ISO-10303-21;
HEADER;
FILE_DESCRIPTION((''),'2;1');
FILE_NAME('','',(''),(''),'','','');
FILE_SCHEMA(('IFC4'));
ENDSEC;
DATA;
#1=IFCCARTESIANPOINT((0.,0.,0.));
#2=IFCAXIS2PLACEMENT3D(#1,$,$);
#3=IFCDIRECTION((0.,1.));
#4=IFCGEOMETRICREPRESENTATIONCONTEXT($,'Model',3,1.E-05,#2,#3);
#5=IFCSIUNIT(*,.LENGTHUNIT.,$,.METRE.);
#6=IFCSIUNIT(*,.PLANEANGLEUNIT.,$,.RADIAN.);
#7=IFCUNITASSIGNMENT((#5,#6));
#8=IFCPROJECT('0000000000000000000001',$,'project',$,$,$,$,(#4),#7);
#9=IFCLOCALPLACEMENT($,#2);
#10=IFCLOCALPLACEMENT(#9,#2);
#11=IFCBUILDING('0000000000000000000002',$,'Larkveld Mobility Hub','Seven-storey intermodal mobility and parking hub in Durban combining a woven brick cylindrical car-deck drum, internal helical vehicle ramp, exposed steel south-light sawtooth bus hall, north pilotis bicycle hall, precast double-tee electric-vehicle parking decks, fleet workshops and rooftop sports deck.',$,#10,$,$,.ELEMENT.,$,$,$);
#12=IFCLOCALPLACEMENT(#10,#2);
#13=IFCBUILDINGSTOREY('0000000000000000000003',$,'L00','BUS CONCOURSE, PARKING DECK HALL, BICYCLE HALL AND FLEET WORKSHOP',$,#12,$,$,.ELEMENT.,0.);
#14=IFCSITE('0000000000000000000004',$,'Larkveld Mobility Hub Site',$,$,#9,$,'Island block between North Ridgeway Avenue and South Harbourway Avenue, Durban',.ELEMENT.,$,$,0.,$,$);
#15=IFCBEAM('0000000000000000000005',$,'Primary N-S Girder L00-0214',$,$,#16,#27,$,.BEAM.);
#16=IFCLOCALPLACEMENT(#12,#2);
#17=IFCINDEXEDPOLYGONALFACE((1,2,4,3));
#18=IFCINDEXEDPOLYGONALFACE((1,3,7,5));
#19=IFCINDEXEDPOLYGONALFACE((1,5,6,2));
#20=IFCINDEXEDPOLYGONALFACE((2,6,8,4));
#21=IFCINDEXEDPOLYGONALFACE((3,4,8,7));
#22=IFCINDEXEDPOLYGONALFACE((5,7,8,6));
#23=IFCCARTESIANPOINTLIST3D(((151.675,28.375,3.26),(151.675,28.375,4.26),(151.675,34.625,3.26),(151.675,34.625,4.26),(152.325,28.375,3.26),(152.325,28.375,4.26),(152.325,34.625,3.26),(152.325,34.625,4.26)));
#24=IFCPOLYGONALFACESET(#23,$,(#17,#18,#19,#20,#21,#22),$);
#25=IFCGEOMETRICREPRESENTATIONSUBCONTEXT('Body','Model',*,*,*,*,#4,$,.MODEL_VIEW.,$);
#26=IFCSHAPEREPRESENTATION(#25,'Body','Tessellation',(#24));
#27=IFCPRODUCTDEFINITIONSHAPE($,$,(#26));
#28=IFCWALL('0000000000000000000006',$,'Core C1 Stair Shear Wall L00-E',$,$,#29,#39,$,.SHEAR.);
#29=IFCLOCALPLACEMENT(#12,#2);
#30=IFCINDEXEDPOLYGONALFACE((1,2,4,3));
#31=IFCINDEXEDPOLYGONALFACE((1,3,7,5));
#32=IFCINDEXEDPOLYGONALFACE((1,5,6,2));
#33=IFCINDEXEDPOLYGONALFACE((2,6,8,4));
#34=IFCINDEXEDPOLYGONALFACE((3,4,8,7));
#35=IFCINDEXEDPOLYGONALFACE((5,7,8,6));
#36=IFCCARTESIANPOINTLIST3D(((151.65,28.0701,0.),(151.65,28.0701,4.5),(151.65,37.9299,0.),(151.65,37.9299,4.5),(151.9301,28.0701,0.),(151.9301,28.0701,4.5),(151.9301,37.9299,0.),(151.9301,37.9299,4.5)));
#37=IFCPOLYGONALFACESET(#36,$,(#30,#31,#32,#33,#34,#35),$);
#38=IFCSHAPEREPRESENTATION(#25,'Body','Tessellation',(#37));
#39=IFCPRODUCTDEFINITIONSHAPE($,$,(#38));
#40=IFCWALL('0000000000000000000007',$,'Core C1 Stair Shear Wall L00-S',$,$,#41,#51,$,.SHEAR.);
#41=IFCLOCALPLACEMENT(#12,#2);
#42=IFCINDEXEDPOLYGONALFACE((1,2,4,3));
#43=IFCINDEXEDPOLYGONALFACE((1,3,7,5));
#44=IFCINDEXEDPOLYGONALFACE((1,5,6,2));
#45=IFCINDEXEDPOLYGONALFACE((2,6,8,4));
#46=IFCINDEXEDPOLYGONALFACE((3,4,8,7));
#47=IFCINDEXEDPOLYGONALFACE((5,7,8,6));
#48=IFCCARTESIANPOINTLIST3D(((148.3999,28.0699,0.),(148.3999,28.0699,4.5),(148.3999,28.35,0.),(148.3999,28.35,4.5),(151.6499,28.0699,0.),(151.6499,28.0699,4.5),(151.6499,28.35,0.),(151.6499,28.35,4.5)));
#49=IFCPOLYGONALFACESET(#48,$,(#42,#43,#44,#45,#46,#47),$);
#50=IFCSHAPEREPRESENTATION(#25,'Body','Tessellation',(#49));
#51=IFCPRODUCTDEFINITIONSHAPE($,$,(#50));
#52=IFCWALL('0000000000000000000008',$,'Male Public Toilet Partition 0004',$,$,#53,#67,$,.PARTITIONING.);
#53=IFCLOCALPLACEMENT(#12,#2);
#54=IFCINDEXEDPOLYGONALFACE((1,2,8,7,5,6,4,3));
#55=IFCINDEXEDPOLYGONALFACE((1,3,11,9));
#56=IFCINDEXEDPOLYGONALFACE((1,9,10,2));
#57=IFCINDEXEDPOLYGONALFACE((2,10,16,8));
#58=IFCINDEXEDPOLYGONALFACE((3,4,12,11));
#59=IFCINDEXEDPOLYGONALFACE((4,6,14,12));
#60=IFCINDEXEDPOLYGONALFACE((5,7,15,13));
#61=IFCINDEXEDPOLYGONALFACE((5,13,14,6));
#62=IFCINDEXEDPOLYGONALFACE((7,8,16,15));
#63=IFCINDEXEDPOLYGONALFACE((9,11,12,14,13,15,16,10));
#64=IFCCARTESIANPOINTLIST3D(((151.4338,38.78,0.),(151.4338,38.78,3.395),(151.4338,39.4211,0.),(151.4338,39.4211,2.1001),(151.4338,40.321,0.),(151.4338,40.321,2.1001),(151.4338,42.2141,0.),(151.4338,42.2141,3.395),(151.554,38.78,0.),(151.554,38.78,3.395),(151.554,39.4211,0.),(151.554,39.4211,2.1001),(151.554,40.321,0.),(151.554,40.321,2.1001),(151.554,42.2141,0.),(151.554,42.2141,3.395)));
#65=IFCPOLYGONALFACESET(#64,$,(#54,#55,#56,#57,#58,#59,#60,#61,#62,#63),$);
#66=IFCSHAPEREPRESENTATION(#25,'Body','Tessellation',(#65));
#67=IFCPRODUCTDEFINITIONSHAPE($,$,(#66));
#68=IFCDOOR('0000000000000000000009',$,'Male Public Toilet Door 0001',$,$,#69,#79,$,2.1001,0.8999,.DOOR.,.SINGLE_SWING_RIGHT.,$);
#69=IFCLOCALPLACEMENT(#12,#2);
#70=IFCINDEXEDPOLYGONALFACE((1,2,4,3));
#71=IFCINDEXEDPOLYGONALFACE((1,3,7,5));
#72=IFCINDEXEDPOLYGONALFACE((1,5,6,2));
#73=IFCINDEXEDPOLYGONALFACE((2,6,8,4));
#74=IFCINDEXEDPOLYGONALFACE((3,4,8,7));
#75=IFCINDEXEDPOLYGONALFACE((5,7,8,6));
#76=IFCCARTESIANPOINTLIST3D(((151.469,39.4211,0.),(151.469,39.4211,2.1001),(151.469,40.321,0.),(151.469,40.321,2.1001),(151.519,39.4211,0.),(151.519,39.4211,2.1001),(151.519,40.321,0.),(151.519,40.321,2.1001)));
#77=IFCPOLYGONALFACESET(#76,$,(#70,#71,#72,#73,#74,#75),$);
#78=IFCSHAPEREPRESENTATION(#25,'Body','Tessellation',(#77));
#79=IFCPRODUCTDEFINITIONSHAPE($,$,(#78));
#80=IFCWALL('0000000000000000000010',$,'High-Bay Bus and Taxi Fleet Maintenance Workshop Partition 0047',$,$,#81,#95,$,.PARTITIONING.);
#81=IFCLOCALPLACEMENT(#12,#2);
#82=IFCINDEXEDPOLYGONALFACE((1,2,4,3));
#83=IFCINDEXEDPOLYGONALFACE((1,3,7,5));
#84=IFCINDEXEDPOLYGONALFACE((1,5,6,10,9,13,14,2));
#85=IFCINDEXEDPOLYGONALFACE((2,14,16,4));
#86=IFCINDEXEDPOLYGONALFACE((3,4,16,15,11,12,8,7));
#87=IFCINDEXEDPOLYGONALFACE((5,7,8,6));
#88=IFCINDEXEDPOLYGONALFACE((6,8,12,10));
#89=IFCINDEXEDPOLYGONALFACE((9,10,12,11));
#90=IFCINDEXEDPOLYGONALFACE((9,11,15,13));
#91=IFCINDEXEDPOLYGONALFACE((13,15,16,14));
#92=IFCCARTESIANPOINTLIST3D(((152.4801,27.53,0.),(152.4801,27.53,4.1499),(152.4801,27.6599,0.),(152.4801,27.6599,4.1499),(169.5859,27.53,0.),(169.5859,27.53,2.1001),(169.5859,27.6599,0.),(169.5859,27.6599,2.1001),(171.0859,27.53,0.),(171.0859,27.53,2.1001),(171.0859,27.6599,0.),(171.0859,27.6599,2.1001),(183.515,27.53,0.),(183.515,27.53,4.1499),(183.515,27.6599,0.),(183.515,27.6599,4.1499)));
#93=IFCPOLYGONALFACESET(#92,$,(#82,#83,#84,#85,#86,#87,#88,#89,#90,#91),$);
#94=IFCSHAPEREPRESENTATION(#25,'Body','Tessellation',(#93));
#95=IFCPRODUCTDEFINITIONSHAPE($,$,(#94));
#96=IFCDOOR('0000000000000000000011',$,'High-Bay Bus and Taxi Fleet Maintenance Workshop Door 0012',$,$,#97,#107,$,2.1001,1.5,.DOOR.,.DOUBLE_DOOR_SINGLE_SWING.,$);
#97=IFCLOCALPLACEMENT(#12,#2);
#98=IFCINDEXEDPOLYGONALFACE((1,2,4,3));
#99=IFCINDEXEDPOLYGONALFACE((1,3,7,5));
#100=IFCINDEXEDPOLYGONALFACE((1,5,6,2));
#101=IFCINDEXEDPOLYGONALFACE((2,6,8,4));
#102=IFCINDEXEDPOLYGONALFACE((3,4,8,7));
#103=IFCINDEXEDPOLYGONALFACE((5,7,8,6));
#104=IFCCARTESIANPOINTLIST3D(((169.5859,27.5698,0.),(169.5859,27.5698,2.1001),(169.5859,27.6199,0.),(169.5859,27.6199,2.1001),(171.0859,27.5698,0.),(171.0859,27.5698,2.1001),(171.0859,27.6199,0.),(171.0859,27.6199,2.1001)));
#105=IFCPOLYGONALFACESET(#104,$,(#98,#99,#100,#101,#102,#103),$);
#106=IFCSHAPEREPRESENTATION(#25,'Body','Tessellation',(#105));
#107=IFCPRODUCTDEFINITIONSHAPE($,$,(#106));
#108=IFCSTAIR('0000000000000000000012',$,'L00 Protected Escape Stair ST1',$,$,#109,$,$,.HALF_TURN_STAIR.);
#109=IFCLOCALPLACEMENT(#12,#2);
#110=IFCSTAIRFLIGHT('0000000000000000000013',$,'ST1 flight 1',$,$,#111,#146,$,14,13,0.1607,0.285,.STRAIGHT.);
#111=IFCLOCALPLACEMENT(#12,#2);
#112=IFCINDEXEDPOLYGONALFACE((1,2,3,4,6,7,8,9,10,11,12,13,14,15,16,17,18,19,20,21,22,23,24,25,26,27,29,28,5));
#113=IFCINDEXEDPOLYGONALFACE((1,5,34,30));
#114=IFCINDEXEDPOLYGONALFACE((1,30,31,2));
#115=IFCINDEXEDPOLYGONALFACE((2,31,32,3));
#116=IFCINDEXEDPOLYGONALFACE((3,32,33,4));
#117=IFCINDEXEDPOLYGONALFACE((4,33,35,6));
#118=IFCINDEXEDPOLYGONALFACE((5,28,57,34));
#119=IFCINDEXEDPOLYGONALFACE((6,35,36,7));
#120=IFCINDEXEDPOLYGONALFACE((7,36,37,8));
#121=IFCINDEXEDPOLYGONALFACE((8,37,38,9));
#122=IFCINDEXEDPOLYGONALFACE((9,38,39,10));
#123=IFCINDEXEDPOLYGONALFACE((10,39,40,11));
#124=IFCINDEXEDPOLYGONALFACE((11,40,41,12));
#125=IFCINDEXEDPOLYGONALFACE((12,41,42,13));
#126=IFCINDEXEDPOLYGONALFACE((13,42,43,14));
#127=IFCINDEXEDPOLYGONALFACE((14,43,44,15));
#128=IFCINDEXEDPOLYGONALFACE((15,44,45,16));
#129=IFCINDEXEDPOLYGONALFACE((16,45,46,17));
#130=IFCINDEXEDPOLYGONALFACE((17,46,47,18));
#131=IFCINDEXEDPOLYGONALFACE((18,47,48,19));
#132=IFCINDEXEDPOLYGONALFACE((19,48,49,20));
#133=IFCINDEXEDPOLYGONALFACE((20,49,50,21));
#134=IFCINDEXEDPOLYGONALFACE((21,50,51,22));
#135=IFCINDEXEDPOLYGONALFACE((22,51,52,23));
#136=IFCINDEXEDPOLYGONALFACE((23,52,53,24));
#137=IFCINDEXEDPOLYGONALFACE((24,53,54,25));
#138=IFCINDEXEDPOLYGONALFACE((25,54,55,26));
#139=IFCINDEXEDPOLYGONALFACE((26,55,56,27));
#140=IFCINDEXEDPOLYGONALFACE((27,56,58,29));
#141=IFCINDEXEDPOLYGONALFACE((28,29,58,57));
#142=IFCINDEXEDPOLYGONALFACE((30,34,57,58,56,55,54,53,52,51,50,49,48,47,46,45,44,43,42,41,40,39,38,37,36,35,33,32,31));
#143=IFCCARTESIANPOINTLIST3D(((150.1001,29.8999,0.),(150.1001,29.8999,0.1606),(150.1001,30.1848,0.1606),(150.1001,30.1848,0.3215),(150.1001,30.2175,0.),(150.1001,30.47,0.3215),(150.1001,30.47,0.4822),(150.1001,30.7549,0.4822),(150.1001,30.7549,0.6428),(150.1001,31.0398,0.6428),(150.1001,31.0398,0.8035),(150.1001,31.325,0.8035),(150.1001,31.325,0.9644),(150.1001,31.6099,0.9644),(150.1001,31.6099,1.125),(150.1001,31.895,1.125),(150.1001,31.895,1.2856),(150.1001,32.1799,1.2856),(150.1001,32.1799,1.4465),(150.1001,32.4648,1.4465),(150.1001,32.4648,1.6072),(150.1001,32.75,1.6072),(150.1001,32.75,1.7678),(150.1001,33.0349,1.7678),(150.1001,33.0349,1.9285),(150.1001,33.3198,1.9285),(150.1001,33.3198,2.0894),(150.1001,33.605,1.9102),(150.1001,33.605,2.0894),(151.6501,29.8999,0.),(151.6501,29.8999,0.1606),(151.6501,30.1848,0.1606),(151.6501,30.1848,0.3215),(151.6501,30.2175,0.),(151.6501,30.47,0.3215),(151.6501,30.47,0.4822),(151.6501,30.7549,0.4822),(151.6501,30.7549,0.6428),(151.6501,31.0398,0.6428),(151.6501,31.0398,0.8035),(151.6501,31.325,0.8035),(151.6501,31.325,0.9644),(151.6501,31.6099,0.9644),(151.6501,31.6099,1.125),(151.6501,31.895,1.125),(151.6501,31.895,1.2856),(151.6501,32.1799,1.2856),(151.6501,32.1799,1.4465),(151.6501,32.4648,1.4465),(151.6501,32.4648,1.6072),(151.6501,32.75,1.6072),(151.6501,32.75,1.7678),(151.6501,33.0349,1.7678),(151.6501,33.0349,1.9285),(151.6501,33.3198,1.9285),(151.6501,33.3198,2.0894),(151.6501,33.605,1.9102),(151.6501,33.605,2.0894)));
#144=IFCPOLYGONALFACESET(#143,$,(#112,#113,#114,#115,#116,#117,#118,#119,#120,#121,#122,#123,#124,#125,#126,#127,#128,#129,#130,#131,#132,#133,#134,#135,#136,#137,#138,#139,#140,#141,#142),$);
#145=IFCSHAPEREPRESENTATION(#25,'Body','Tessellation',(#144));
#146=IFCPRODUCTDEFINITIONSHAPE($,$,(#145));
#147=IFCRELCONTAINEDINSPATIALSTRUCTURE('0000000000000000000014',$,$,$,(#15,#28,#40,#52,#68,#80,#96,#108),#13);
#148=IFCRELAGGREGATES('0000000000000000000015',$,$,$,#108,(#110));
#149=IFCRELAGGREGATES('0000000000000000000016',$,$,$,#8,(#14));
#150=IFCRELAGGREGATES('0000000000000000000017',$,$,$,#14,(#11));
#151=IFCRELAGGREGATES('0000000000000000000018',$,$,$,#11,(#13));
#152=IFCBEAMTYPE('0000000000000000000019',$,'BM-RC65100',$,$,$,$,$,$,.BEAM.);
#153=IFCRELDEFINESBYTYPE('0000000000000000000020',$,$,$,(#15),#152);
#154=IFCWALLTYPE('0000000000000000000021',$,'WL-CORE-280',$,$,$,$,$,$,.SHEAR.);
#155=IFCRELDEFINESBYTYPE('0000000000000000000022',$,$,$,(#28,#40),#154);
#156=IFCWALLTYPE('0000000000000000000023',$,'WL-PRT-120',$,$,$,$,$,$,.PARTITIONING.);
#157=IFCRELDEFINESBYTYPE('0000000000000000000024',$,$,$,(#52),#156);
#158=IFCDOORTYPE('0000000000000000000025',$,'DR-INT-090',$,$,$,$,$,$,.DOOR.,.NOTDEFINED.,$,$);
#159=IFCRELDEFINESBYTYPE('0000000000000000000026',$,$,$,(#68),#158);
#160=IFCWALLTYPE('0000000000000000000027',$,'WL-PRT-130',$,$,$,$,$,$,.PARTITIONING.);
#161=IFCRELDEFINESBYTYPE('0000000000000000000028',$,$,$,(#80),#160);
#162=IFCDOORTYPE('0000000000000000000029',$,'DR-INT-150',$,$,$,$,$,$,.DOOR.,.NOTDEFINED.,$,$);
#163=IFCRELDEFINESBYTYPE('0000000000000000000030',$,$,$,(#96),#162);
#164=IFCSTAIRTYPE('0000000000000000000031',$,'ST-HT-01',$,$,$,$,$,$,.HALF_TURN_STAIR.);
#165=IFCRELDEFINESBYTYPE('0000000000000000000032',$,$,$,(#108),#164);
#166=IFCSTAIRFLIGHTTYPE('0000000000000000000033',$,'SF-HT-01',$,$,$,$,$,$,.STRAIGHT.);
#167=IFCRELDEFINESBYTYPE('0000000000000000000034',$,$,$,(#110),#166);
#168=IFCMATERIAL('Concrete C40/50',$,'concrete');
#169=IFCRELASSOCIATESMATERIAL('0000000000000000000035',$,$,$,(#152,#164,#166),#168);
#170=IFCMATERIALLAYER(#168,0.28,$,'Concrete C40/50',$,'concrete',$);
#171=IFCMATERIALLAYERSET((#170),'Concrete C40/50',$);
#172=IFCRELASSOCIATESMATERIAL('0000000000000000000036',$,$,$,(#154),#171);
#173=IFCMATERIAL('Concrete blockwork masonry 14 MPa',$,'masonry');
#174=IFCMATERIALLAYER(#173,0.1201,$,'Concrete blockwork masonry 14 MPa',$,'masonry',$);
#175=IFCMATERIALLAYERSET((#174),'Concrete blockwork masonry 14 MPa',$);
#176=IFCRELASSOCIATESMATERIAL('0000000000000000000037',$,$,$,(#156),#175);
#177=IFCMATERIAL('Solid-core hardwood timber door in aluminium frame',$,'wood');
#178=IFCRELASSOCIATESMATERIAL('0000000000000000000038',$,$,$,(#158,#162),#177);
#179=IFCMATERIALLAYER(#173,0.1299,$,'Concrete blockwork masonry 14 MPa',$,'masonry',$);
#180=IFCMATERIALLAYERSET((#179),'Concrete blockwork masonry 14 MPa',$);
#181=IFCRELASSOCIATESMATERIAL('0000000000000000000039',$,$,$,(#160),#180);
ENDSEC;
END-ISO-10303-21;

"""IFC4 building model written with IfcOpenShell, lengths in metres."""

from ifc_helpers import new_model, si_unit, direction, frame, frame_2d, origin, origin_2d, place, context, subcontext, project, spatial, polyline, rectangle, outline, extrude, material, layer, layer_set, material_profile, profile_set, type_object, element, fill, aggregate, save


model = new_model("IFC4")

# Units and contexts
model_context = context("Model", 3, precision=1e-05, world=origin(), true_north=direction((0.0, 1.0)))
body_context = subcontext(model_context, "Body", "Model", "MODEL_VIEW")
ifc_project = project(units=[si_unit("LENGTHUNIT", "METRE"), si_unit("PLANEANGLEUNIT", "RADIAN")], contexts=[model_context])

# Site, building, storey
site_placement = place(None, origin())
site = spatial("IfcSite", under=ifc_project, at=site_placement, Name="Larkveld Mobility Hub Site", LongName="Island block between North Ridgeway Avenue and South Harbourway Avenue, Durban", CompositionType="ELEMENT", RefElevation=0.0)
building_placement = place(site_placement, origin())
building = spatial("IfcBuilding", under=site, at=building_placement, Name="Larkveld Mobility Hub", Description="Seven-storey intermodal mobility and parking hub in Durban combining a woven brick cylindrical car-deck drum, internal helical vehicle ramp, exposed steel south-light sawtooth bus hall, north pilotis bicycle hall, precast double-tee electric-vehicle parking decks, fleet workshops and rooftop sports deck.", CompositionType="ELEMENT")
storey_placement = place(building_placement, origin())
storey = spatial("IfcBuildingStorey", under=building, at=storey_placement, Name="L00", Description="BUS CONCOURSE, PARKING DECK HALL, BICYCLE HALL AND FLEET WORKSHOP", CompositionType="ELEMENT", Elevation=0.0)

# Shared definitions
ifc_material_1 = material(Name="Concrete C40/50", Category="concrete")

# Beam
ifc_material_profile_1 = material_profile(ifc_material_1, rectangle(XDim=0.6499, YDim=1.0, at=origin_2d()), Name="RC BM 650x1000")
ifc_profile_set_1 = profile_set([ifc_material_profile_1], Name="Concrete C40/50")
beam_type_1 = type_object("IfcBeamType", Name="BM-RC65100", PredefinedType="BEAM", material=ifc_profile_set_1)
beam_1_placement = place(storey_placement, frame((152.0, 28.375, 3.76), z_axis=(0.0, 1.0, 0.0), x_axis=(-1.0, 0.0, 0.0)))
element("IfcBeam", 1, at=beam_1_placement, inside=storey, type_object=beam_type_1, Name="Primary N-S Girder L00-0214", PredefinedType="BEAM", context=body_context, shape_type="SweptSolid", body=[
    extrude(rectangle(XDim=0.6499, YDim=1.0, at=origin_2d()), origin(), (0.0, 0.0, 1.0), 6.25),
])

# Walls
ifc_layer_1 = layer(ifc_material_1, 0.28, Name="Concrete C40/50", Category="concrete")
ifc_layer_set_1 = layer_set([ifc_layer_1], Name="Concrete C40/50")
wall_type_1 = type_object("IfcWallType", Name="WL-CORE-280", PredefinedType="SHEAR", material=ifc_layer_set_1)
wall_1_placement = place(storey_placement, frame((151.79, 37.9299, 0.0), z_axis=(0.0, 0.0, 1.0), x_axis=(0.0, -1.0, 0.0)))
element("IfcWall", 2, at=wall_1_placement, inside=storey, type_object=wall_type_1, Name="Core C1 Stair Shear Wall L00-E", PredefinedType="SHEAR", context=body_context, shape_type="SweptSolid", body=[
    extrude(rectangle(XDim=9.8599, YDim=0.28, at=frame_2d((4.9299, 0.0))), origin(), (0.0, 0.0, 1.0), 4.5),
])
wall_2_placement = place(storey_placement, frame((151.6499, 28.21, 0.0), z_axis=(0.0, 0.0, 1.0), x_axis=(-1.0, 0.0, 0.0)))
element("IfcWall", 3, at=wall_2_placement, inside=storey, type_object=wall_type_1, Name="Core C1 Stair Shear Wall L00-S", PredefinedType="SHEAR", context=body_context, shape_type="SweptSolid", body=[
    extrude(rectangle(XDim=3.25, YDim=0.28, at=frame_2d((1.625, 0.0))), origin(), (0.0, 0.0, 1.0), 4.5),
])

# Walls, openings, doors
ifc_material_2 = material(Name="Concrete blockwork masonry 14 MPa", Category="masonry")
ifc_layer_2 = layer(ifc_material_2, 0.1201, Name="Concrete blockwork masonry 14 MPa", Category="masonry")
ifc_layer_set_2 = layer_set([ifc_layer_2], Name="Concrete blockwork masonry 14 MPa")
wall_type_2 = type_object("IfcWallType", Name="WL-PRT-120", PredefinedType="PARTITIONING", material=ifc_layer_set_2)
wall_3_placement = place(storey_placement, frame((151.4939, 38.78, 0.0), z_axis=(0.0, 0.0, 1.0), x_axis=(0.0, 1.0, 0.0)))
wall_3 = element("IfcWall", 4, at=wall_3_placement, inside=storey, type_object=wall_type_2, Name="Male Public Toilet Partition 0004", PredefinedType="PARTITIONING", context=body_context, shape_type="SweptSolid", body=[
    extrude(rectangle(XDim=3.4341, YDim=0.1201, at=frame_2d((1.717, 0.0))), origin(), (0.0, 0.0, 1.0), 3.395),
])
opening_1_placement = place(wall_3_placement, frame((0.6411, 0.0, 0.0)))
opening_1 = element("IfcOpeningElement", 5, at=opening_1_placement, cuts=wall_3, PredefinedType="OPENING", context=body_context, shape_type="SweptSolid", body=[
    extrude(rectangle(XDim=0.8999, YDim=2.1001, at=frame_2d((0.45, 1.05))), frame((0.0, 0.0701, 0.0), z_axis=(0.0, -1.0, 0.0), x_axis=(1.0, 0.0, 0.0)), (0.0, 0.0, 1.0), 0.1401),
])
ifc_material_3 = material(Name="Solid-core hardwood timber door in aluminium frame", Category="wood")
door_type_1 = type_object("IfcDoorType", Name="DR-INT-090", OperationType="NOTDEFINED", PredefinedType="DOOR", material=ifc_material_3)
door_1_placement = place(opening_1_placement, origin())
door_1 = element("IfcDoor", 6, at=door_1_placement, inside=storey, type_object=door_type_1, Name="Male Public Toilet Door 0001", OperationType="SINGLE_SWING_RIGHT", OverallHeight=2.1001, OverallWidth=0.8999, PredefinedType="DOOR", context=body_context, shape_type="SweptSolid", body=[
    extrude(rectangle(XDim=0.8999, YDim=2.1001, at=frame_2d((0.45, 1.05))), frame((0.0, 0.0249, 0.0), z_axis=(0.0, -1.0, 0.0), x_axis=(1.0, 0.0, 0.0)), (0.0, 0.0, 1.0), 0.05),
])
fill(opening_1, door_1)
ifc_layer_3 = layer(ifc_material_2, 0.1299, Name="Concrete blockwork masonry 14 MPa", Category="masonry")
ifc_layer_set_3 = layer_set([ifc_layer_3], Name="Concrete blockwork masonry 14 MPa")
wall_type_3 = type_object("IfcWallType", Name="WL-PRT-130", PredefinedType="PARTITIONING", material=ifc_layer_set_3)
wall_4_placement = place(storey_placement, frame((152.48, 27.595, 0.0), z_axis=(0.0, 0.0, 1.0), x_axis=(1.0, 0.0, 0.0)))
wall_4 = element("IfcWall", 7, at=wall_4_placement, inside=storey, type_object=wall_type_3, Name="High-Bay Bus and Taxi Fleet Maintenance Workshop Partition 0047", PredefinedType="PARTITIONING", context=body_context, shape_type="SweptSolid", body=[
    extrude(rectangle(XDim=31.0349, YDim=0.1299, at=frame_2d((15.5176, 0.0))), origin(), (0.0, 0.0, 1.0), 4.1499),
])
opening_2_placement = place(wall_4_placement, frame((17.106, 0.0, 0.0)))
opening_2 = element("IfcOpeningElement", 8, at=opening_2_placement, cuts=wall_4, PredefinedType="OPENING", context=body_context, shape_type="SweptSolid", body=[
    extrude(rectangle(XDim=1.5, YDim=2.1001, at=frame_2d((0.75, 1.05))), frame((0.0, 0.075, 0.0), z_axis=(0.0, -1.0, 0.0), x_axis=(1.0, 0.0, 0.0)), (0.0, 0.0, 1.0), 0.1499),
])
door_type_2 = type_object("IfcDoorType", Name="DR-INT-150", OperationType="NOTDEFINED", PredefinedType="DOOR", material=ifc_material_3)
door_2_placement = place(opening_2_placement, origin())
door_2 = element("IfcDoor", 9, at=door_2_placement, inside=storey, type_object=door_type_2, Name="High-Bay Bus and Taxi Fleet Maintenance Workshop Door 0012", OperationType="DOUBLE_DOOR_SINGLE_SWING", OverallHeight=2.1001, OverallWidth=1.5, PredefinedType="DOOR", context=body_context, shape_type="SweptSolid", body=[
    extrude(rectangle(XDim=1.5, YDim=2.1001, at=frame_2d((0.75, 1.05))), frame((0.0, 0.0249, 0.0), z_axis=(0.0, -1.0, 0.0), x_axis=(1.0, 0.0, 0.0)), (0.0, 0.0, 1.0), 0.05),
])
fill(opening_2, door_2)

# Stair, stair flight
stair_type_1 = type_object("IfcStairType", Name="ST-HT-01", PredefinedType="HALF_TURN_STAIR", material=ifc_material_1)
stair_1_placement = place(storey_placement, origin())
stair_1 = element("IfcStair", 10, at=stair_1_placement, inside=storey, type_object=stair_type_1, Name="L00 Protected Escape Stair ST1", PredefinedType="HALF_TURN_STAIR")
stair_flight_type_1 = type_object("IfcStairFlightType", Name="SF-HT-01", PredefinedType="STRAIGHT", material=ifc_material_1)
stair_flight_1_placement = place(storey_placement, frame((150.875, 29.8999, 0.0), z_axis=(0.0, 0.0, 1.0), x_axis=(0.0, 1.0, 0.0)))
stair_flight_1 = element("IfcStairFlight", 11, at=stair_flight_1_placement, type_object=stair_flight_type_1, Name="ST1 flight 1", NumberOfRisers=14, NumberOfTreads=13, PredefinedType="STRAIGHT", RiserHeight=0.1607, TreadLength=0.285, context=body_context, shape_type="SweptSolid", body=[
    extrude(outline(polyline([(0.0, 0.0), (0.0, 0.1606), (0.2849, 0.1606), (0.2849, 0.3215), (0.5701, 0.3215), (0.5701, 0.4822), (0.855, 0.4822), (0.855, 0.6428), (1.1399, 0.6428), (1.1399, 0.8035), (1.425, 0.8035), (1.425, 0.9644), (1.71, 0.9644), (1.71, 1.125), (1.9951, 1.125), (1.9951, 1.2856), (2.28, 1.2856), (2.28, 1.4465), (2.5649, 1.4465), (2.5649, 1.6072), (2.8501, 1.6072), (2.8501, 1.7678), (3.135, 1.7678), (3.135, 1.9285), (3.4199, 1.9285), (3.4199, 2.0894), (3.7051, 2.0894), (3.7051, 2.25), (3.7051, 1.9102), (0.3176, 0.0), (0.0, 0.0)])), frame((0.0, 0.7749, 0.0), z_axis=(0.0, -1.0, 0.0), x_axis=(1.0, 0.0, 0.0)), (0.0, 0.0, 1.0), 1.55),
])
aggregate(stair_1, [stair_flight_1])

save(model, "model.ifc")
